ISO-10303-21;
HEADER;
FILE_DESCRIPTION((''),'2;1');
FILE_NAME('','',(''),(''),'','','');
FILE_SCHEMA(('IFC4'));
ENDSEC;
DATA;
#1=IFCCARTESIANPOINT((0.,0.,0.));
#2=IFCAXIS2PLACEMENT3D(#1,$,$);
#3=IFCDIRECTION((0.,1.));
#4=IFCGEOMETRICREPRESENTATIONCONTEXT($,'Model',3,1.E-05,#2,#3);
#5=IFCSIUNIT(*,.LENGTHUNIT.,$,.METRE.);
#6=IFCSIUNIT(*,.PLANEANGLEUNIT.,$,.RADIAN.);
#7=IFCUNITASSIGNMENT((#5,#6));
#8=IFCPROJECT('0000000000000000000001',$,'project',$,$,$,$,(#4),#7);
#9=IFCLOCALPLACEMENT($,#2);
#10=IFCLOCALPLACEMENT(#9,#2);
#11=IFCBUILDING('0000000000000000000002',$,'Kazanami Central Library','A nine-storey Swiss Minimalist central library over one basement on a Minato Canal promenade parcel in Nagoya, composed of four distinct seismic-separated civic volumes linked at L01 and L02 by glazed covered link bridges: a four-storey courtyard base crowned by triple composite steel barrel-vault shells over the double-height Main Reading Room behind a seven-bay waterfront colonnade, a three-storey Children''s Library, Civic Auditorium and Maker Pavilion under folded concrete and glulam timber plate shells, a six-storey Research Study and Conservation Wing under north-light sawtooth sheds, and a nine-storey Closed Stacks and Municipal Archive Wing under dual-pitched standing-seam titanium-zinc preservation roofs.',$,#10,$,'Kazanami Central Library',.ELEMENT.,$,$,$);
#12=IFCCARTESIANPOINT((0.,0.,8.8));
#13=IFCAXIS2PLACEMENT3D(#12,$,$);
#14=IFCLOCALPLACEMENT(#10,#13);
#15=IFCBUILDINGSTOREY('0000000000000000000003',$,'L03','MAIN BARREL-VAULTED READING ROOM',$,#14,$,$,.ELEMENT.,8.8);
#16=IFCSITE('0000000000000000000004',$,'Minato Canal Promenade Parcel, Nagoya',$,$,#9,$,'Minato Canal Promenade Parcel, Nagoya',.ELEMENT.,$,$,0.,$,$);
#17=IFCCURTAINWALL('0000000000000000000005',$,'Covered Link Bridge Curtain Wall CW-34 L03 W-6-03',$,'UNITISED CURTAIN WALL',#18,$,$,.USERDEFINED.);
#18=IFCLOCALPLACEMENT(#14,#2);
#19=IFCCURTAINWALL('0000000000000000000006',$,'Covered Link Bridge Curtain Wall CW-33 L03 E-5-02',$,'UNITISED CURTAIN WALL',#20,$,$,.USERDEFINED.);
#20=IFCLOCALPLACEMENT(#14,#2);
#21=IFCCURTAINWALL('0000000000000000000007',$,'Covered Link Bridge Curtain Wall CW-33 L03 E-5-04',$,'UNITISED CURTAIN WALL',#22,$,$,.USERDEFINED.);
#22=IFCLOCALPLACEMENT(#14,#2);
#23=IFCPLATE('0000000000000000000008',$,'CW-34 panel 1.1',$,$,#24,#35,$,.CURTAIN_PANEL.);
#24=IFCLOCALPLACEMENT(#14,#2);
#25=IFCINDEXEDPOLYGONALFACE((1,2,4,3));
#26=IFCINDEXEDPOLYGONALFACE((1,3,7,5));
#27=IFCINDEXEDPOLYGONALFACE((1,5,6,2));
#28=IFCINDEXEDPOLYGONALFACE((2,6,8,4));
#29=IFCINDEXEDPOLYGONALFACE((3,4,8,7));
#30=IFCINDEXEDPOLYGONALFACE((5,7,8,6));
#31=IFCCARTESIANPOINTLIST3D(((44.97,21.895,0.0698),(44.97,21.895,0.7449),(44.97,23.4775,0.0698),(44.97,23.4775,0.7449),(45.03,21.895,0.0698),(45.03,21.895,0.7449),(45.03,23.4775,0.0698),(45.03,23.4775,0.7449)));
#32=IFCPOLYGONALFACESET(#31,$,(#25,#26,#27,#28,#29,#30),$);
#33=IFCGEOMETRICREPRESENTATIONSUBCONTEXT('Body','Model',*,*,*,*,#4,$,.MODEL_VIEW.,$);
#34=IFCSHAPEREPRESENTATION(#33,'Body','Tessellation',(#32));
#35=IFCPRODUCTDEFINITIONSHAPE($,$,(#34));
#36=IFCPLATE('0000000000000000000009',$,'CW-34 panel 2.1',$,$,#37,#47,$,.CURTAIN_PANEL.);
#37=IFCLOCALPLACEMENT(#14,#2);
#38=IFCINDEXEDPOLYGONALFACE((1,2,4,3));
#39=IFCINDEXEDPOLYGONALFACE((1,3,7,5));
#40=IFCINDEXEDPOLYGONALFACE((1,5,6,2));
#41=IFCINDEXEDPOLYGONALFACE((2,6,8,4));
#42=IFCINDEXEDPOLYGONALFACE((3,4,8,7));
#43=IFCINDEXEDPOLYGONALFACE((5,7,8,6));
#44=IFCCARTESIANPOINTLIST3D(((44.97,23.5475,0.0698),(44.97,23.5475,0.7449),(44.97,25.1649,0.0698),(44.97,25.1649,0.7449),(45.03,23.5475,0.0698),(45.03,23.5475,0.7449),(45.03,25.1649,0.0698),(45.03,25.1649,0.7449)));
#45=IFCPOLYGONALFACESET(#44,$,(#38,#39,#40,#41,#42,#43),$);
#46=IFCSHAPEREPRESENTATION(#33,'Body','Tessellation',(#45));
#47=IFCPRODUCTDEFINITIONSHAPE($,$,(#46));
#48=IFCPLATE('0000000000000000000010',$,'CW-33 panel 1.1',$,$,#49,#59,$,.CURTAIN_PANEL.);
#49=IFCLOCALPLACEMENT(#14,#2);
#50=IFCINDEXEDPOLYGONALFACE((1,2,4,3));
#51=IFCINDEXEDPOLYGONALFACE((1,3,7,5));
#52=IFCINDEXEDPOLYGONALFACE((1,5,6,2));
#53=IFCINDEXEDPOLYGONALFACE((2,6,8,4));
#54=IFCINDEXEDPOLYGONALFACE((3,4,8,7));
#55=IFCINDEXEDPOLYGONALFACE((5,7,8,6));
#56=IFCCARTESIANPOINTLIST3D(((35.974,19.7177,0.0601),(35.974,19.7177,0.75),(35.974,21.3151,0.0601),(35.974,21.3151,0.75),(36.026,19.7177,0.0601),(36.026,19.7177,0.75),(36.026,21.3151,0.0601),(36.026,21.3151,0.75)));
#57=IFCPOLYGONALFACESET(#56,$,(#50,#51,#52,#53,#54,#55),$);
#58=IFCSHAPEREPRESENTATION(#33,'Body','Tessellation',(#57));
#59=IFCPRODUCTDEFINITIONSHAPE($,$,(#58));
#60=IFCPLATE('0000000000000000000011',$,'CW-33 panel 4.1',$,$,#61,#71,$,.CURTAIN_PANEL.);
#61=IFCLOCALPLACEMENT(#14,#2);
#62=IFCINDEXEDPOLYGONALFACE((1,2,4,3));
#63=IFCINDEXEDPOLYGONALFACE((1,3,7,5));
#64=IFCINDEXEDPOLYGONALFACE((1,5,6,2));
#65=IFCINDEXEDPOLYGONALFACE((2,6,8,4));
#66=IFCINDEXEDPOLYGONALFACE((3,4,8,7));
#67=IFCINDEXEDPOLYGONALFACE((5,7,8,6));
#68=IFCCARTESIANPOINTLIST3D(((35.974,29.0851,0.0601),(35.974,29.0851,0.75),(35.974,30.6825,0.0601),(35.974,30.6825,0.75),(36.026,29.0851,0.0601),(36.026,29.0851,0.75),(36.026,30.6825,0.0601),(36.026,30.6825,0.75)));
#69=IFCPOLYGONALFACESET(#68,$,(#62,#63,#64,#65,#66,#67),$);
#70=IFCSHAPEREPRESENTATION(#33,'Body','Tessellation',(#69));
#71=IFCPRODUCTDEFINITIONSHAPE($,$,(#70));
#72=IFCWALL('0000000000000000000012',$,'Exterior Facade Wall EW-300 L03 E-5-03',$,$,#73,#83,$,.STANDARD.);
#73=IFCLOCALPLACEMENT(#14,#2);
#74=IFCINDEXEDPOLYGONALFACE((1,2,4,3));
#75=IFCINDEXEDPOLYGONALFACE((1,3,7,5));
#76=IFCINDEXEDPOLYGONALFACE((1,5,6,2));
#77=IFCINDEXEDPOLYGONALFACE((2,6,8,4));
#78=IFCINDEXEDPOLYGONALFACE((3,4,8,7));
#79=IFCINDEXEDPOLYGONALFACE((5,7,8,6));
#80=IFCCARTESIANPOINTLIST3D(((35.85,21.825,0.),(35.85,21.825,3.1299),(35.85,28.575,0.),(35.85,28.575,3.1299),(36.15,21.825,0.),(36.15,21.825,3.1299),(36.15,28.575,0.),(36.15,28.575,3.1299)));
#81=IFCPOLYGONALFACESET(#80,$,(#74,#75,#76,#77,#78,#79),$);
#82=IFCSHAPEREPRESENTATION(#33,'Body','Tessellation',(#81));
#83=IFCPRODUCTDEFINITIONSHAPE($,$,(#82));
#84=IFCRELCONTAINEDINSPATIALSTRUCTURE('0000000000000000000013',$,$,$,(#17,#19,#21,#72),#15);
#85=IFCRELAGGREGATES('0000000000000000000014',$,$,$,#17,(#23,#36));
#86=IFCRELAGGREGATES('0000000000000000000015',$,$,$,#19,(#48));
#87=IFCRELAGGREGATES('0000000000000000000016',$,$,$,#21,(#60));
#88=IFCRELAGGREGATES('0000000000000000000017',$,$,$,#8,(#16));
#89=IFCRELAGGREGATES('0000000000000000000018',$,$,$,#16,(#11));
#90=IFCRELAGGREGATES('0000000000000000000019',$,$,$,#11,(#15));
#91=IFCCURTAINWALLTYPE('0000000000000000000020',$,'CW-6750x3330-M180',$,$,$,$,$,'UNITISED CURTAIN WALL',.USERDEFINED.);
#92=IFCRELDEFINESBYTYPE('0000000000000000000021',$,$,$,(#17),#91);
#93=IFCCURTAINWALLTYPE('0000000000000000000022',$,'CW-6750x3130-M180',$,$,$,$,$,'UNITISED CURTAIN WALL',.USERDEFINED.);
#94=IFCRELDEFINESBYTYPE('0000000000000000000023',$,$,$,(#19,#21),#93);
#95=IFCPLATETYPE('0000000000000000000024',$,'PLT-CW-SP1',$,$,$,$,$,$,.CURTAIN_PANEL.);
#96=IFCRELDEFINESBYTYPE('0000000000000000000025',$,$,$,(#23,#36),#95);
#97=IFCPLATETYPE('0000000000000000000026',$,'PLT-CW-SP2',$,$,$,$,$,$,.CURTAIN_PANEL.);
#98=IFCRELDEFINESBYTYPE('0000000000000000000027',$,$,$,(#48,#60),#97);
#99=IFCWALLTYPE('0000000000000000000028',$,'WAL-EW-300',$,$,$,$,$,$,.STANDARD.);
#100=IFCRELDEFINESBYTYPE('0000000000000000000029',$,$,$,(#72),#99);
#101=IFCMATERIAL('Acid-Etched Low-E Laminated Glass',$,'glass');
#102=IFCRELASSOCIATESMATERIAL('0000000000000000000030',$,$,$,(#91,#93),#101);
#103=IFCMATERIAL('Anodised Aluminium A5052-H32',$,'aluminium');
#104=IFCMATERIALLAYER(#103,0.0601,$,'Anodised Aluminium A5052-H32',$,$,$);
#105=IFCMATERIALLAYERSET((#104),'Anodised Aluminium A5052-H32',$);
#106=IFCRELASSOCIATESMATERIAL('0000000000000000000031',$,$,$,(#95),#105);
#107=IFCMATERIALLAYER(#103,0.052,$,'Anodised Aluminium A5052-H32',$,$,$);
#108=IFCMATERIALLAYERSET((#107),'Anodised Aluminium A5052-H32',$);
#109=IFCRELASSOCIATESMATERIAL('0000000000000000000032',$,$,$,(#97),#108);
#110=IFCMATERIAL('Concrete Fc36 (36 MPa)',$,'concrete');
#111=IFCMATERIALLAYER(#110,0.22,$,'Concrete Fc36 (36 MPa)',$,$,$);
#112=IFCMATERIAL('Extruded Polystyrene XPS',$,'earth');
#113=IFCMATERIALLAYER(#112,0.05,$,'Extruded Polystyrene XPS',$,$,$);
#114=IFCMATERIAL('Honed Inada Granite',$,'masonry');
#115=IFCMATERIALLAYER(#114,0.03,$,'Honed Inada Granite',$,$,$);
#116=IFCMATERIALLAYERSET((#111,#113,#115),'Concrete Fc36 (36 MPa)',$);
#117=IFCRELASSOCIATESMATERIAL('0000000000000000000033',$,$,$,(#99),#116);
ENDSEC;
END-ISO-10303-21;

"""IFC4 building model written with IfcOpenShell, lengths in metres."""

from ifc_helpers import new_model, si_unit, direction, frame, frame_2d, origin, origin_2d, place, context, subcontext, project, spatial, rectangle, extrude, material, layer, layer_set, type_object, element, aggregate, save


model = new_model("IFC4")

# Units and contexts
model_context = context("Model", 3, precision=1e-05, world=origin(), true_north=direction((0.0, 1.0)))
body_context = subcontext(model_context, "Body", "Model", "MODEL_VIEW")
ifc_project = project(units=[si_unit("LENGTHUNIT", "METRE"), si_unit("PLANEANGLEUNIT", "RADIAN")], contexts=[model_context])

# Site, building, storey
site_placement = place(None, origin())
site = spatial("IfcSite", under=ifc_project, at=site_placement, Name="Minato Canal Promenade Parcel, Nagoya", LongName="Minato Canal Promenade Parcel, Nagoya", CompositionType="ELEMENT", RefElevation=0.0)
building_placement = place(site_placement, origin())
building = spatial("IfcBuilding", under=site, at=building_placement, Name="Kazanami Central Library", Description="A nine-storey Swiss Minimalist central library over one basement on a Minato Canal promenade parcel in Nagoya, composed of four distinct seismic-separated civic volumes linked at L01 and L02 by glazed covered link bridges: a four-storey courtyard base crowned by triple composite steel barrel-vault shells over the double-height Main Reading Room behind a seven-bay waterfront colonnade, a three-storey Children's Library, Civic Auditorium and Maker Pavilion under folded concrete and glulam timber plate shells, a six-storey Research Study and Conservation Wing under north-light sawtooth sheds, and a nine-storey Closed Stacks and Municipal Archive Wing under dual-pitched standing-seam titanium-zinc preservation roofs.", LongName="Kazanami Central Library", CompositionType="ELEMENT")
storey_placement = place(building_placement, frame((0.0, 0.0, 8.8)))
storey = spatial("IfcBuildingStorey", under=building, at=storey_placement, Name="L03", Description="MAIN BARREL-VAULTED READING ROOM", CompositionType="ELEMENT", Elevation=8.8)

# Curtain walls
ifc_material_1 = material(Name="Acid-Etched Low-E Laminated Glass", Category="glass")
curtain_wall_type_1 = type_object("IfcCurtainWallType", Name="CW-6750x3330-M180", ElementType="UNITISED CURTAIN WALL", PredefinedType="USERDEFINED", material=ifc_material_1)
curtain_wall_1_placement = place(storey_placement, origin())
curtain_wall_1 = element("IfcCurtainWall", 1, at=curtain_wall_1_placement, inside=storey, type_object=curtain_wall_type_1, Name="Covered Link Bridge Curtain Wall CW-34 L03 W-6-03", ObjectType="UNITISED CURTAIN WALL", PredefinedType="USERDEFINED")
curtain_wall_type_2 = type_object("IfcCurtainWallType", Name="CW-6750x3130-M180", ElementType="UNITISED CURTAIN WALL", PredefinedType="USERDEFINED", material=ifc_material_1)
curtain_wall_2_placement = place(storey_placement, origin())
curtain_wall_2 = element("IfcCurtainWall", 2, at=curtain_wall_2_placement, inside=storey, type_object=curtain_wall_type_2, Name="Covered Link Bridge Curtain Wall CW-33 L03 E-5-02", ObjectType="UNITISED CURTAIN WALL", PredefinedType="USERDEFINED")

# Curtain wall
curtain_wall_3_placement = place(storey_placement, origin())
curtain_wall_3 = element("IfcCurtainWall", 3, at=curtain_wall_3_placement, inside=storey, type_object=curtain_wall_type_2, Name="Covered Link Bridge Curtain Wall CW-33 L03 E-5-04", ObjectType="UNITISED CURTAIN WALL", PredefinedType="USERDEFINED")

# Plates
ifc_material_2 = material(Name="Anodised Aluminium A5052-H32", Category="aluminium")
ifc_layer_1 = layer(ifc_material_2, 0.0601, Name="Anodised Aluminium A5052-H32")
ifc_layer_set_1 = layer_set([ifc_layer_1], Name="Anodised Aluminium A5052-H32")
plate_type_1 = type_object("IfcPlateType", Name="PLT-CW-SP1", PredefinedType="CURTAIN_PANEL", material=ifc_layer_set_1)
plate_1_placement = place(storey_placement, frame((45.0, 22.6863, 0.0698), z_axis=(0.0, 0.0, 1.0), x_axis=(0.0, 1.0, 0.0)))
plate_1 = element("IfcPlate", 4, at=plate_1_placement, type_object=plate_type_1, Name="CW-34 panel 1.1", PredefinedType="CURTAIN_PANEL", context=body_context, shape_type="SweptSolid", body=[
    extrude(rectangle(XDim=1.5825, YDim=0.0601, at=origin_2d()), origin(), (0.0, 0.0, 1.0), 0.675),
])
plate_2_placement = place(storey_placement, frame((45.0, 24.3562, 0.0698), z_axis=(0.0, 0.0, 1.0), x_axis=(0.0, 1.0, 0.0)))
plate_2 = element("IfcPlate", 5, at=plate_2_placement, type_object=plate_type_1, Name="CW-34 panel 2.1", PredefinedType="CURTAIN_PANEL", context=body_context, shape_type="SweptSolid", body=[
    extrude(rectangle(XDim=1.6174, YDim=0.0601, at=origin_2d()), origin(), (0.0, 0.0, 1.0), 0.675),
])
aggregate(curtain_wall_1, [plate_1, plate_2])
ifc_layer_2 = layer(ifc_material_2, 0.052, Name="Anodised Aluminium A5052-H32")
ifc_layer_set_2 = layer_set([ifc_layer_2], Name="Anodised Aluminium A5052-H32")
plate_type_2 = type_object("IfcPlateType", Name="PLT-CW-SP2", PredefinedType="CURTAIN_PANEL", material=ifc_layer_set_2)
plate_3_placement = place(storey_placement, frame((36.0, 20.5164, 0.0601), z_axis=(0.0, 0.0, 1.0), x_axis=(0.0, -1.0, 0.0)))
plate_3 = element("IfcPlate", 6, at=plate_3_placement, type_object=plate_type_2, Name="CW-33 panel 1.1", PredefinedType="CURTAIN_PANEL", context=body_context, shape_type="SweptSolid", body=[
    extrude(rectangle(XDim=1.5974, YDim=0.052, at=origin_2d()), origin(), (0.0, 0.0, 1.0), 0.6899),
])
aggregate(curtain_wall_2, [plate_3])
plate_4_placement = place(storey_placement, frame((36.0, 29.8838, 0.0601), z_axis=(0.0, 0.0, 1.0), x_axis=(0.0, -1.0, 0.0)))
plate_4 = element("IfcPlate", 7, at=plate_4_placement, type_object=plate_type_2, Name="CW-33 panel 4.1", PredefinedType="CURTAIN_PANEL", context=body_context, shape_type="SweptSolid", body=[
    extrude(rectangle(XDim=1.5974, YDim=0.052, at=origin_2d()), origin(), (0.0, 0.0, 1.0), 0.6899),
])
aggregate(curtain_wall_3, [plate_4])

# Wall
ifc_material_3 = material(Name="Concrete Fc36 (36 MPa)", Category="concrete")
ifc_layer_3 = layer(ifc_material_3, 0.22, Name="Concrete Fc36 (36 MPa)")
ifc_material_4 = material(Name="Extruded Polystyrene XPS", Category="earth")
ifc_layer_4 = layer(ifc_material_4, 0.05, Name="Extruded Polystyrene XPS")
ifc_material_5 = material(Name="Honed Inada Granite", Category="masonry")
ifc_layer_5 = layer(ifc_material_5, 0.03, Name="Honed Inada Granite")
ifc_layer_set_3 = layer_set([ifc_layer_3, ifc_layer_4, ifc_layer_5], Name="Concrete Fc36 (36 MPa)")
wall_type = type_object("IfcWallType", Name="WAL-EW-300", PredefinedType="STANDARD", material=ifc_layer_set_3)
wall_placement = place(storey_placement, frame((36.0, 28.575, 0.0), z_axis=(0.0, 0.0, 1.0), x_axis=(0.0, -1.0, 0.0)))
element("IfcWall", 8, at=wall_placement, inside=storey, type_object=wall_type, Name="Exterior Facade Wall EW-300 L03 E-5-03", PredefinedType="STANDARD", context=body_context, shape_type="SweptSolid", body=[
    extrude(rectangle(XDim=6.75, YDim=0.3, at=frame_2d((3.375, 0.0))), origin(), (0.0, 0.0, 1.0), 3.1299),
])

save(model, "model.ifc")
